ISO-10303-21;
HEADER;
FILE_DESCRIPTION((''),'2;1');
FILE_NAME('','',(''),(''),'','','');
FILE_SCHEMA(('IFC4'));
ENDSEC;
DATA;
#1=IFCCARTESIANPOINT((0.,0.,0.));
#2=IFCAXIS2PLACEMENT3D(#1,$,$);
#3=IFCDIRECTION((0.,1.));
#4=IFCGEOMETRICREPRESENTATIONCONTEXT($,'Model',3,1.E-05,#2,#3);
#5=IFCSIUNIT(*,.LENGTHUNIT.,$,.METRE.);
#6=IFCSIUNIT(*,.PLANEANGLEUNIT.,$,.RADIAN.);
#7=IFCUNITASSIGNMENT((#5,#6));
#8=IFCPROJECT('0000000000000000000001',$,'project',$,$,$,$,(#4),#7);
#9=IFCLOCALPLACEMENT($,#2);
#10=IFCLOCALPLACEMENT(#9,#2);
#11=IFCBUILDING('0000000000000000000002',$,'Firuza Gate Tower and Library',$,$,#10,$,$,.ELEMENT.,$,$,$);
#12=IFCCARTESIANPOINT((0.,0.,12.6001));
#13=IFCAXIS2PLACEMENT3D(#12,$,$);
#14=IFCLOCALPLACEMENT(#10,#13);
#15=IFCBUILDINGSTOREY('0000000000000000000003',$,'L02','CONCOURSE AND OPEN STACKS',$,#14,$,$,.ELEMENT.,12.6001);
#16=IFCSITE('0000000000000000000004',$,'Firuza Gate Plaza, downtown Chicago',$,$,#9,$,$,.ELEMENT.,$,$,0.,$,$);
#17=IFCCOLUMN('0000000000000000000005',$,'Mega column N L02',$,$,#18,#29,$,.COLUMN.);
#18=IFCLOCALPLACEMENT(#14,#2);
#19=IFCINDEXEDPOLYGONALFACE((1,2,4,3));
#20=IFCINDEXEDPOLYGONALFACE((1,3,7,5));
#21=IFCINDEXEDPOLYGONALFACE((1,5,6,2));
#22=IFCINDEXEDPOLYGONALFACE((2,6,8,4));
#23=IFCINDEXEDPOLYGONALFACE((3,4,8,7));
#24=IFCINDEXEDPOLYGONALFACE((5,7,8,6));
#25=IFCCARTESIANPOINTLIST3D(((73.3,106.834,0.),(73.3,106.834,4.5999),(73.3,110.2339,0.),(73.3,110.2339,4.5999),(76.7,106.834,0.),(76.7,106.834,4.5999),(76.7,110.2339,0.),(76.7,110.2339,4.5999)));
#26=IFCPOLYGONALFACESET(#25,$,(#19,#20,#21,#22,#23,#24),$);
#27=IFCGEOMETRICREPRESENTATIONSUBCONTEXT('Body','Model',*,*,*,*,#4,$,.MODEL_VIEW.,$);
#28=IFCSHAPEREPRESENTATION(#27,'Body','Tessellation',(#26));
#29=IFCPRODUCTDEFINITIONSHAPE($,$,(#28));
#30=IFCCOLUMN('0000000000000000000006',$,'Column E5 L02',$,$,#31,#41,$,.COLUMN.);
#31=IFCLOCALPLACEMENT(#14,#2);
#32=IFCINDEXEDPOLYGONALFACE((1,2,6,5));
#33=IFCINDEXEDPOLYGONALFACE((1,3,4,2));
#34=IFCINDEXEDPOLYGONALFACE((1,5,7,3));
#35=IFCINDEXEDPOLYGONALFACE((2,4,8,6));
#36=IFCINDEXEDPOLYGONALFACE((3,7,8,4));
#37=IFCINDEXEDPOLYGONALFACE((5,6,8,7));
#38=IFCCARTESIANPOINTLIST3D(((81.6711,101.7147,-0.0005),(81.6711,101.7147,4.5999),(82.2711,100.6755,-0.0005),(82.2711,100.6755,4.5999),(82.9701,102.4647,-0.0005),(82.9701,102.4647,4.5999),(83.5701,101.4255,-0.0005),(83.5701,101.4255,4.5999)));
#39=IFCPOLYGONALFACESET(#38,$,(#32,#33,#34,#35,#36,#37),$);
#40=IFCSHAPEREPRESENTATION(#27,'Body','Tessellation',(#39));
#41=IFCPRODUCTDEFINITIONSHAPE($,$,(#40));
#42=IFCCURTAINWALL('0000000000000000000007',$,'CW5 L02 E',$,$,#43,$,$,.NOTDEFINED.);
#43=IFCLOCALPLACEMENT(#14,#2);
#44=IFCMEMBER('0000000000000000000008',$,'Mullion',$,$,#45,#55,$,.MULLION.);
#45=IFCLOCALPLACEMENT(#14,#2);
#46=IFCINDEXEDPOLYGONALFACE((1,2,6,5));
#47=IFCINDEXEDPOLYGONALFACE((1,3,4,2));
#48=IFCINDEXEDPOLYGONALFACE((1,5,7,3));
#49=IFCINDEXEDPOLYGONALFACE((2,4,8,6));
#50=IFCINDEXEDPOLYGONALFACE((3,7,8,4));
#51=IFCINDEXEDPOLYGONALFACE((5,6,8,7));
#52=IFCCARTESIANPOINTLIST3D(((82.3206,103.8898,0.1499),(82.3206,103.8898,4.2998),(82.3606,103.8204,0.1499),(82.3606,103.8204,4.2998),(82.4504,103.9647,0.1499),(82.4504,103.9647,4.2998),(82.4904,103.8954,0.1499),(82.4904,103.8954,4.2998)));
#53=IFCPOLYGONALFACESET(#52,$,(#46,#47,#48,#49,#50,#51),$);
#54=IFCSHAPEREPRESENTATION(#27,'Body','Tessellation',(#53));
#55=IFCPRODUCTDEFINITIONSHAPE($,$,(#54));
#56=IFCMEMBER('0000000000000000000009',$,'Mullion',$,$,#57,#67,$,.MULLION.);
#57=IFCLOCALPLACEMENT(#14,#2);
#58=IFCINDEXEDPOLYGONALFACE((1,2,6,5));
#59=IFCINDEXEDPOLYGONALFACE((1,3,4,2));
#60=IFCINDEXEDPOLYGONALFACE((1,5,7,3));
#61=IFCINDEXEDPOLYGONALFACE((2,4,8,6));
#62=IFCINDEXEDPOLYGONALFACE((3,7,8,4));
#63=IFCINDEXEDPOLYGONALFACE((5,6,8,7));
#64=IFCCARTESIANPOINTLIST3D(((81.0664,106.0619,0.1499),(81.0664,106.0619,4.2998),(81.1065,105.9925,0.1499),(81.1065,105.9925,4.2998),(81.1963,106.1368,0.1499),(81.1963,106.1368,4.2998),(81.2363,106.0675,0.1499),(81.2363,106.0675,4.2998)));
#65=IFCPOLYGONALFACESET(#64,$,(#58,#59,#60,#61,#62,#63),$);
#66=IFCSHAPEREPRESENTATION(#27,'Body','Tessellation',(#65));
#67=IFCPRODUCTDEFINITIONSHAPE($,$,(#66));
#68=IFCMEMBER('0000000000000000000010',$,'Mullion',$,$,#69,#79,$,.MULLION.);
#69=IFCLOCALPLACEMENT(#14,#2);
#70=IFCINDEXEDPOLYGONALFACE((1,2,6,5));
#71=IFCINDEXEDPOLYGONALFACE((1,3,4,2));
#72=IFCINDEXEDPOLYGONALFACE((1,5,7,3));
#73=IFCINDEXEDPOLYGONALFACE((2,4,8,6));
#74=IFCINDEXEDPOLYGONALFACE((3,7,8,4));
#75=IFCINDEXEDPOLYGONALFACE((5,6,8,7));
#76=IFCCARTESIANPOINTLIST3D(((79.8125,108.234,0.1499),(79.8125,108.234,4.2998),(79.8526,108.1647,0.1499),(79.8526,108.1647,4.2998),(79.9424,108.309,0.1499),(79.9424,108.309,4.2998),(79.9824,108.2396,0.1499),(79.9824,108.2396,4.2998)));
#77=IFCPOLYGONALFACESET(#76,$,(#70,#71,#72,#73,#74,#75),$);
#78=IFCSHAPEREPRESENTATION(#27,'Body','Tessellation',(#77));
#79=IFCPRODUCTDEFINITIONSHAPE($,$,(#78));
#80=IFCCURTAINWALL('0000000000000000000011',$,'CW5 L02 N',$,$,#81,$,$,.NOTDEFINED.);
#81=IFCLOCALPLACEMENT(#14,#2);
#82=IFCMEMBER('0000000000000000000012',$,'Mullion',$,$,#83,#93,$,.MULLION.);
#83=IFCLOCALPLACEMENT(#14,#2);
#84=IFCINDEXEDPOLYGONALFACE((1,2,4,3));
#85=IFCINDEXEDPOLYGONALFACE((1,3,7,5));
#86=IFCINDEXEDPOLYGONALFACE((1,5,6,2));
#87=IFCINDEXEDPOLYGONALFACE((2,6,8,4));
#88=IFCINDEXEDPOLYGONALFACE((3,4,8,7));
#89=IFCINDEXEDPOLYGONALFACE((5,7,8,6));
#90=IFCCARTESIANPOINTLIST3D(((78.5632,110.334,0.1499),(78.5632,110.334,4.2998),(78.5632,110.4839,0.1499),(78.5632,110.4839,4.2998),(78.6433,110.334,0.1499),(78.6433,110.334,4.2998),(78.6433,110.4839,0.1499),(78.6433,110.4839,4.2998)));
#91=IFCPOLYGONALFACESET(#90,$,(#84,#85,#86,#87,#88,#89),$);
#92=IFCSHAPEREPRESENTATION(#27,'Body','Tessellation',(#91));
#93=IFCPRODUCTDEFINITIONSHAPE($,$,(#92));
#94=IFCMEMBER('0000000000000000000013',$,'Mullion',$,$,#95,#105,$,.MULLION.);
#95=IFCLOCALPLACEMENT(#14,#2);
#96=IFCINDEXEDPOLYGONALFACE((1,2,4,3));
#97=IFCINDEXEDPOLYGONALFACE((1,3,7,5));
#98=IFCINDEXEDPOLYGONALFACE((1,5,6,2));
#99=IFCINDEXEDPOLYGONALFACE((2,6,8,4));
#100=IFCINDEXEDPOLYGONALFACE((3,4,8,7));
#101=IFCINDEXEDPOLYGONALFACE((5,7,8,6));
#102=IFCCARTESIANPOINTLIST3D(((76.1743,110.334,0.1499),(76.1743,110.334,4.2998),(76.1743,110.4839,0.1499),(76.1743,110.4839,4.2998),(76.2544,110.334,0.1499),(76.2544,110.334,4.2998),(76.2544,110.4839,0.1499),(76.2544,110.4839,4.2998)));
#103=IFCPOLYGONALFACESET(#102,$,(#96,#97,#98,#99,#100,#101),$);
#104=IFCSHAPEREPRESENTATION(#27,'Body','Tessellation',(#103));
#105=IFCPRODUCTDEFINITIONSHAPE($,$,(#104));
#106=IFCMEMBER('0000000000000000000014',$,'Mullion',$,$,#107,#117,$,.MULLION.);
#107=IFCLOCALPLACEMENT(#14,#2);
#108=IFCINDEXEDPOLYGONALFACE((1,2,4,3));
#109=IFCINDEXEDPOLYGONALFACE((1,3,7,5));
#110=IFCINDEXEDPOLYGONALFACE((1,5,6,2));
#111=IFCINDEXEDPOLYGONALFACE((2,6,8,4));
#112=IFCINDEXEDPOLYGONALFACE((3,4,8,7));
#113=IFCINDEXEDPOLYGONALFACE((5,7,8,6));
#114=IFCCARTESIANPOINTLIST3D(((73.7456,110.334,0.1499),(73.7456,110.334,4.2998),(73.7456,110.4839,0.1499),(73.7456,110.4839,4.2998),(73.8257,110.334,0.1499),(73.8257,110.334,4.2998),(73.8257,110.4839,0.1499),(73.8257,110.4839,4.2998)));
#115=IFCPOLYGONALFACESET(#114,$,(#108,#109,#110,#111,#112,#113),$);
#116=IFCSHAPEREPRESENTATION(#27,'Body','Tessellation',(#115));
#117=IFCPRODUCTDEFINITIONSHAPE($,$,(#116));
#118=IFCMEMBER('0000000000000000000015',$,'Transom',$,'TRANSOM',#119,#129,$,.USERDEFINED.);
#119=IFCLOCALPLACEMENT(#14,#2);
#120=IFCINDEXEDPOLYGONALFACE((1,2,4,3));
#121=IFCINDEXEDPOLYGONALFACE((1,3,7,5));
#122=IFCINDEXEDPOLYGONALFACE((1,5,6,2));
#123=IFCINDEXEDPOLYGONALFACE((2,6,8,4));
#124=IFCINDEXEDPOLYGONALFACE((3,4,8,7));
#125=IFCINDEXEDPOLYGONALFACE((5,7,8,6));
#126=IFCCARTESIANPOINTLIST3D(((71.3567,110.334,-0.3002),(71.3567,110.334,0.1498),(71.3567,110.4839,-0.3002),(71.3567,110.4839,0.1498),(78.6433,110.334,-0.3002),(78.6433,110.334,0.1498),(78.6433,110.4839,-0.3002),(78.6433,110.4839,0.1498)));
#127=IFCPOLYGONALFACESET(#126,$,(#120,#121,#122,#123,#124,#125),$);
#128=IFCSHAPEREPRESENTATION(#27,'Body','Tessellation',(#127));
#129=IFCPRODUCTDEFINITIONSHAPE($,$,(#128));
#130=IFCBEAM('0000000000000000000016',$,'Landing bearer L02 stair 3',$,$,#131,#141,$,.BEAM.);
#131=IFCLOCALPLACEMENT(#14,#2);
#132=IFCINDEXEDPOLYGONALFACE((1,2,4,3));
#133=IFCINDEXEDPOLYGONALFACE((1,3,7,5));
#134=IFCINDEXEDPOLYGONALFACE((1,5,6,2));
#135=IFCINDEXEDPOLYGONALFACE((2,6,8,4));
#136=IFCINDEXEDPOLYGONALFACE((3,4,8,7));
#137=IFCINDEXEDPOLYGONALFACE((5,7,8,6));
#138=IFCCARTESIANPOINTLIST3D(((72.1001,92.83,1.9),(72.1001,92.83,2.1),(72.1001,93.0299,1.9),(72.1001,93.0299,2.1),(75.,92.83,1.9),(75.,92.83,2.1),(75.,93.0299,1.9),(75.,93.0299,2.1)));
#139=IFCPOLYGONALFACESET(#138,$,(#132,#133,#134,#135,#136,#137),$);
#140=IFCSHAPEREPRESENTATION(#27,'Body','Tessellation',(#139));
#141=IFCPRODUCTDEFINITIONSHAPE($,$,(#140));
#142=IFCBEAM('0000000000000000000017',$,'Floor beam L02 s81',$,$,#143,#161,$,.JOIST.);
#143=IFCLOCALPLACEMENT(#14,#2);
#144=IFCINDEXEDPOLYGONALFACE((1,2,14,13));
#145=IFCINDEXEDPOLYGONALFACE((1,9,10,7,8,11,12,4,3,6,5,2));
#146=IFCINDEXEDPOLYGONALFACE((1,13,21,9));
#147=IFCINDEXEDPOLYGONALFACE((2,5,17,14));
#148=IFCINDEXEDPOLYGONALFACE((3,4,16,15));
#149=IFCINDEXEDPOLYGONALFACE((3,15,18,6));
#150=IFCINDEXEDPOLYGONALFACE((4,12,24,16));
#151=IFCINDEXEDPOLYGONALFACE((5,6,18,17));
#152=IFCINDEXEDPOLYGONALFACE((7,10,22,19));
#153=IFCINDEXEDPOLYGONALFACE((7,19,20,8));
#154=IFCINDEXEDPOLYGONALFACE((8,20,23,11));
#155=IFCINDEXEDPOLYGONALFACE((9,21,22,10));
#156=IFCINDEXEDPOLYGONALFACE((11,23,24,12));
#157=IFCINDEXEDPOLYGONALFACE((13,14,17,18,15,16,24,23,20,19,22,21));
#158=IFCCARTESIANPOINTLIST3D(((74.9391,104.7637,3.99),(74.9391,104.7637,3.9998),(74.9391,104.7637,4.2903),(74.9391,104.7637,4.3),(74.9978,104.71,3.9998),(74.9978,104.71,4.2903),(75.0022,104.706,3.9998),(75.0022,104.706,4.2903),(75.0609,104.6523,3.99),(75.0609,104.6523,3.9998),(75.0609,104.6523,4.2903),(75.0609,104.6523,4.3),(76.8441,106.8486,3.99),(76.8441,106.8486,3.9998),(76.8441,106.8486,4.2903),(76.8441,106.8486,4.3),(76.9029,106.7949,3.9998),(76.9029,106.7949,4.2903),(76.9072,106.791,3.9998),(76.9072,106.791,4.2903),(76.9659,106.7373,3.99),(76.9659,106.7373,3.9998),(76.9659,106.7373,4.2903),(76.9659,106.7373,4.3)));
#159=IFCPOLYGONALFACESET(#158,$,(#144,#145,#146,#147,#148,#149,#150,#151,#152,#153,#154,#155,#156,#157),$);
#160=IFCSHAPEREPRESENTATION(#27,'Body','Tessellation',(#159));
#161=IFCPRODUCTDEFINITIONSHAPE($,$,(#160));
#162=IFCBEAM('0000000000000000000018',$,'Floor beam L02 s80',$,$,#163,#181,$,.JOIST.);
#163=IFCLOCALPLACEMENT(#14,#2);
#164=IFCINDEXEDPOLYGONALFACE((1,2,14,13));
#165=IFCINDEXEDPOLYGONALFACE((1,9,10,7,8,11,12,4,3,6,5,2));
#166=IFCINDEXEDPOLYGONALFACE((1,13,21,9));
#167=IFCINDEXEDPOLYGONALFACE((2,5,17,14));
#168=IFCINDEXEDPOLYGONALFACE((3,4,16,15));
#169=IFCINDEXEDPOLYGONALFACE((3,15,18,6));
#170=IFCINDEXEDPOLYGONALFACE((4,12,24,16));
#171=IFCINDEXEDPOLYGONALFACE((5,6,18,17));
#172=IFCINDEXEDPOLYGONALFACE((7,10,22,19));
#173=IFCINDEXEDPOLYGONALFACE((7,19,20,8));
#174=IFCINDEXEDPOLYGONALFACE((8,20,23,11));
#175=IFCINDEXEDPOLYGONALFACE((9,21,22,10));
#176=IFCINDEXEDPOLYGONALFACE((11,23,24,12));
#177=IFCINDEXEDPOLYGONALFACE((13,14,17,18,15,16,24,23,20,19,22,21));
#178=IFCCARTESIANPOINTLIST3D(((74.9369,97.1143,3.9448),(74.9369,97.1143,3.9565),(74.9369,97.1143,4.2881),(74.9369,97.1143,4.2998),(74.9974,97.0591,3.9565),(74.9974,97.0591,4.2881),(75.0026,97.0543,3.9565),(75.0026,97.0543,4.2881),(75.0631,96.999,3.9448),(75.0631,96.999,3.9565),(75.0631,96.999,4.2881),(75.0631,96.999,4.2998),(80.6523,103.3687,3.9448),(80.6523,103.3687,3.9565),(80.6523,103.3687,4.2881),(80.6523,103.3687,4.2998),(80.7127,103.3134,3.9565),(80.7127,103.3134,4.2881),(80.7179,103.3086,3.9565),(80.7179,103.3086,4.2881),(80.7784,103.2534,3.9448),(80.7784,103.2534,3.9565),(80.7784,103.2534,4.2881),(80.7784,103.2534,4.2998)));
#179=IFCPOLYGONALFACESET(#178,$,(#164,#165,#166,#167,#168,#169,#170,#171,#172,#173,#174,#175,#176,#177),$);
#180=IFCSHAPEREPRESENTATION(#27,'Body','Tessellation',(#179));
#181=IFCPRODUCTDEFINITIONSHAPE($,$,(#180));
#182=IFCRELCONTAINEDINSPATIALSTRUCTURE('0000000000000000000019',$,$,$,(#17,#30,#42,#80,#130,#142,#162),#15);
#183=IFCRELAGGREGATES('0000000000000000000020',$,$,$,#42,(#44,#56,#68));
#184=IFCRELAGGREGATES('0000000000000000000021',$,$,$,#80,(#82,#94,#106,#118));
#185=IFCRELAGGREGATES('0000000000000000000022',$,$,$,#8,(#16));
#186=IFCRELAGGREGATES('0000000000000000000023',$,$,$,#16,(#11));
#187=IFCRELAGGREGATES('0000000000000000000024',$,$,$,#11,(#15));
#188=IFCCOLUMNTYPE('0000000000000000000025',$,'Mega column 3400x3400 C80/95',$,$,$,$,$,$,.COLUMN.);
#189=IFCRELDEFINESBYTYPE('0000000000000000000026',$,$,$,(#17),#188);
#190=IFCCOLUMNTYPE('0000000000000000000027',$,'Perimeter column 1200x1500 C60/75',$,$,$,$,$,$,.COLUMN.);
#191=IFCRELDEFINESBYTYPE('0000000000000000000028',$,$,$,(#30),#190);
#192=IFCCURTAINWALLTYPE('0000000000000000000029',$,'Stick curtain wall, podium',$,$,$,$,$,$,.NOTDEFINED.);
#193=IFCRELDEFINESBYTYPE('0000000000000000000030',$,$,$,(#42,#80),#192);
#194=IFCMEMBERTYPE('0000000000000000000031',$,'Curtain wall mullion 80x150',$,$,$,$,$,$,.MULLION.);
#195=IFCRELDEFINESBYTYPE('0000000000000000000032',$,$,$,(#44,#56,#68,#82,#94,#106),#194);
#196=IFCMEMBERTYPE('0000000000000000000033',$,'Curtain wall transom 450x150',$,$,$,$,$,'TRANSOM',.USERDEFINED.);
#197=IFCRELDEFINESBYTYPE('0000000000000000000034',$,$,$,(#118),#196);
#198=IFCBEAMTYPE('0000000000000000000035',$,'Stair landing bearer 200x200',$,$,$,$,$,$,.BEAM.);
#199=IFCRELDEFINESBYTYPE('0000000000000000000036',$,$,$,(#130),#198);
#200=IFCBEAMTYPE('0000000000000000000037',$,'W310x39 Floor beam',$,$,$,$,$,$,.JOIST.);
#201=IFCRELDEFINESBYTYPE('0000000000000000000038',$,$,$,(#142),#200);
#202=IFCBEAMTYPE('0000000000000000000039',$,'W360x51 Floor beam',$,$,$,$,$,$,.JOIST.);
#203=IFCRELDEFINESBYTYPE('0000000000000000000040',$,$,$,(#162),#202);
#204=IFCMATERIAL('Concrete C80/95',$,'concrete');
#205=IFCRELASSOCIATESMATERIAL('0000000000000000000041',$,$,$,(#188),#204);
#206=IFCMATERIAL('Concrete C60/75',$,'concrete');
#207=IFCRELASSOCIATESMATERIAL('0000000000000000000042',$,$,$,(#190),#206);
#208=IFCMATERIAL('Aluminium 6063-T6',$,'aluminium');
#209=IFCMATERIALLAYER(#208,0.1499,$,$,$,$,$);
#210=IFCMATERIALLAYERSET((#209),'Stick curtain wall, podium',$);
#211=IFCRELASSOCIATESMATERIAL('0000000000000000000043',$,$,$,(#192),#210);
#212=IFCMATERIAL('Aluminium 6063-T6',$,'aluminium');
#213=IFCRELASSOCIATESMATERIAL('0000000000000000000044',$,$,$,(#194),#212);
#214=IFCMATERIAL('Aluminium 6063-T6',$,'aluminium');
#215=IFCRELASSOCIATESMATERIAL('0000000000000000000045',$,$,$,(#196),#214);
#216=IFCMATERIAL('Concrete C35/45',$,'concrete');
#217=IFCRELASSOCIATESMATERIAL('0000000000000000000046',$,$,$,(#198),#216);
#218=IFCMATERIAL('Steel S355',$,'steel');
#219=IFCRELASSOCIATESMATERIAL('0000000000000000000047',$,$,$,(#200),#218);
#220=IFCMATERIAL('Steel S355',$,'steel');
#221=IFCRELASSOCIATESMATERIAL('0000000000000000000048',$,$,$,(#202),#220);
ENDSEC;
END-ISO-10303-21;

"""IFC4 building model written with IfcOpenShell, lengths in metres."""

from ifc_helpers import new_model, si_unit, direction, frame, origin, origin_2d, place, context, subcontext, project, spatial, rectangle, i_section, extrude, material, layer, layer_set, material_profile, profile_set, type_object, element, aggregate, save


model = new_model("IFC4")

# Units and contexts
model_context = context("Model", 3, precision=1e-05, world=origin(), true_north=direction((0.0, 1.0)))
body_context = subcontext(model_context, "Body", "Model", "MODEL_VIEW")
ifc_project = project(units=[si_unit("LENGTHUNIT", "METRE"), si_unit("PLANEANGLEUNIT", "RADIAN")], contexts=[model_context])

# Site, building, storey
site_placement = place(None, origin())
site = spatial("IfcSite", under=ifc_project, at=site_placement, Name="Firuza Gate Plaza, downtown Chicago", CompositionType="ELEMENT", RefElevation=0.0)
building_placement = place(site_placement, origin())
building = spatial("IfcBuilding", under=site, at=building_placement, Name="Firuza Gate Tower and Library", CompositionType="ELEMENT")
storey_placement = place(building_placement, frame((0.0, 0.0, 12.6001)))
storey = spatial("IfcBuildingStorey", under=building, at=storey_placement, Name="L02", Description="CONCOURSE AND OPEN STACKS", CompositionType="ELEMENT", Elevation=12.6001)

# Columns
ifc_material_1 = material(Name="Concrete C80/95", Category="concrete")
ifc_material_profile_1 = material_profile(ifc_material_1, rectangle(XDim=3.3999, YDim=3.3999, at=origin_2d()))
ifc_profile_set_1 = profile_set([ifc_material_profile_1], Name="Concrete C80/95")
column_type_1 = type_object("IfcColumnType", Name="Mega column 3400x3400 C80/95", PredefinedType="COLUMN", material=ifc_profile_set_1)
column_1_placement = place(storey_placement, frame((75.0, 108.5339, 0.0), z_axis=(0.0, 0.0, 1.0), x_axis=(-1.0, 0.0, 0.0)))
element("IfcColumn", 1, at=column_1_placement, inside=storey, type_object=column_type_1, Name="Mega column N L02", PredefinedType="COLUMN", context=body_context, shape_type="SweptSolid", body=[
    extrude(rectangle(XDim=3.3999, YDim=3.3999, at=origin_2d()), origin(), (0.0, 0.0, 1.0), 4.5999),
])
ifc_material_2 = material(Name="Concrete C60/75", Category="concrete")
ifc_material_profile_2 = material_profile(ifc_material_2, rectangle(XDim=1.2, YDim=1.5, at=origin_2d()))
ifc_profile_set_2 = profile_set([ifc_material_profile_2], Name="Concrete C60/75")
column_type_2 = type_object("IfcColumnType", Name="Perimeter column 1200x1500 C60/75", PredefinedType="COLUMN", material=ifc_profile_set_2)
column_2_placement = place(storey_placement, frame((82.6206, 101.5701, -0.0005), z_axis=(0.0, 0.0, 1.0), x_axis=(-0.5, 0.866025, 0.0)))
element("IfcColumn", 2, at=column_2_placement, inside=storey, type_object=column_type_2, Name="Column E5 L02", PredefinedType="COLUMN", context=body_context, shape_type="SweptSolid", body=[
    extrude(rectangle(XDim=1.2, YDim=1.5, at=origin_2d()), origin(), (0.0, 0.0, 1.0), 4.6003),
])

# Curtain walls, members
ifc_material_3 = material(Name="Aluminium 6063-T6", Category="aluminium")
ifc_layer_1 = layer(ifc_material_3, 0.1499)
ifc_layer_set_1 = layer_set([ifc_layer_1], Name="Stick curtain wall, podium")
curtain_wall_type = type_object("IfcCurtainWallType", Name="Stick curtain wall, podium", PredefinedType="NOTDEFINED", material=ifc_layer_set_1)
placement = place(storey_placement, origin())
curtain_wall_1 = element("IfcCurtainWall", 3, at=placement, inside=storey, type_object=curtain_wall_type, Name="CW5 L02 E", PredefinedType="NOTDEFINED")
ifc_material_4 = material(Name="Aluminium 6063-T6", Category="aluminium")
ifc_material_profile_3 = material_profile(ifc_material_4, rectangle(XDim=0.1499, YDim=0.0801, at=origin_2d()))
ifc_profile_set_3 = profile_set([ifc_material_profile_3], Name="Aluminium 6063-T6")
member_type_1 = type_object("IfcMemberType", Name="Curtain wall mullion 80x150", PredefinedType="MULLION", material=ifc_profile_set_3)
member_1_placement = place(storey_placement, frame((82.4055, 103.8926, 0.1499), z_axis=(0.0, 0.0, 1.0), x_axis=(-0.866025, -0.5, 0.0)))
member_1 = element("IfcMember", 4, at=member_1_placement, type_object=member_type_1, Name="Mullion", PredefinedType="MULLION", context=body_context, shape_type="SweptSolid", body=[
    extrude(rectangle(XDim=0.1499, YDim=0.0801, at=origin_2d()), origin(), (0.0, 0.0, 1.0), 4.1499),
])
member_2_placement = place(storey_placement, frame((81.1514, 106.0647, 0.1499), z_axis=(0.0, 0.0, 1.0), x_axis=(-0.866025, -0.5, 0.0)))
member_2 = element("IfcMember", 5, at=member_2_placement, type_object=member_type_1, Name="Mullion", PredefinedType="MULLION", context=body_context, shape_type="SweptSolid", body=[
    extrude(rectangle(XDim=0.1499, YDim=0.0801, at=origin_2d()), origin(), (0.0, 0.0, 1.0), 4.1499),
])
member_3_placement = place(storey_placement, frame((79.8975, 108.2368, 0.1499), z_axis=(0.0, 0.0, 1.0), x_axis=(-0.866025, -0.5, 0.0)))
member_3 = element("IfcMember", 6, at=member_3_placement, type_object=member_type_1, Name="Mullion", PredefinedType="MULLION", context=body_context, shape_type="SweptSolid", body=[
    extrude(rectangle(XDim=0.1499, YDim=0.0801, at=origin_2d()), origin(), (0.0, 0.0, 1.0), 4.1499),
])
curtain_wall_2 = element("IfcCurtainWall", 7, at=placement, inside=storey, type_object=curtain_wall_type, Name="CW5 L02 N", PredefinedType="NOTDEFINED")
member_4_placement = place(storey_placement, frame((78.6033, 110.4089, 0.1499), z_axis=(0.0, 0.0, 1.0), x_axis=(0.0, -1.0, 0.0)))
member_4 = element("IfcMember", 8, at=member_4_placement, type_object=member_type_1, Name="Mullion", PredefinedType="MULLION", context=body_context, shape_type="SweptSolid", body=[
    extrude(rectangle(XDim=0.1499, YDim=0.0801, at=origin_2d()), origin(), (0.0, 0.0, 1.0), 4.1499),
])
member_5_placement = place(storey_placement, frame((76.2144, 110.4089, 0.1499), z_axis=(0.0, 0.0, 1.0), x_axis=(0.0, -1.0, 0.0)))
member_5 = element("IfcMember", 9, at=member_5_placement, type_object=member_type_1, Name="Mullion", PredefinedType="MULLION", context=body_context, shape_type="SweptSolid", body=[
    extrude(rectangle(XDim=0.1499, YDim=0.0801, at=origin_2d()), origin(), (0.0, 0.0, 1.0), 4.1499),
])
member_6_placement = place(storey_placement, frame((73.7856, 110.4089, 0.1499), z_axis=(0.0, 0.0, 1.0), x_axis=(0.0, -1.0, 0.0)))
member_6 = element("IfcMember", 10, at=member_6_placement, type_object=member_type_1, Name="Mullion", PredefinedType="MULLION", context=body_context, shape_type="SweptSolid", body=[
    extrude(rectangle(XDim=0.1499, YDim=0.0801, at=origin_2d()), origin(), (0.0, 0.0, 1.0), 4.1499),
])
ifc_material_5 = material(Name="Aluminium 6063-T6", Category="aluminium")
ifc_material_profile_4 = material_profile(ifc_material_5, rectangle(XDim=0.1499, YDim=0.45, at=origin_2d()))
ifc_profile_set_4 = profile_set([ifc_material_profile_4], Name="Aluminium 6063-T6")
member_type_2 = type_object("IfcMemberType", Name="Curtain wall transom 450x150", ElementType="TRANSOM", PredefinedType="USERDEFINED", material=ifc_profile_set_4)
member_7_placement = place(storey_placement, frame((78.6433, 110.4089, -0.0752), z_axis=(-1.0, 0.0, 0.0), x_axis=(0.0, -1.0, 0.0)))
member_7 = element("IfcMember", 11, at=member_7_placement, type_object=member_type_2, Name="Transom", ObjectType="TRANSOM", PredefinedType="USERDEFINED", context=body_context, shape_type="SweptSolid", body=[
    extrude(rectangle(XDim=0.1499, YDim=0.45, at=origin_2d()), origin(), (0.0, 0.0, 1.0), 7.2866),
])

# Beams
ifc_material_6 = material(Name="Concrete C35/45", Category="concrete")
ifc_material_profile_5 = material_profile(ifc_material_6, rectangle(XDim=0.2, YDim=0.2, at=origin_2d()))
ifc_profile_set_5 = profile_set([ifc_material_profile_5], Name="Concrete C35/45")
beam_type_1 = type_object("IfcBeamType", Name="Stair landing bearer 200x200", PredefinedType="BEAM", material=ifc_profile_set_5)
beam_1_placement = place(storey_placement, frame((75.0, 92.9299, 2.0), z_axis=(-1.0, 0.0, 0.0), x_axis=(0.0, -1.0, 0.0)))
element("IfcBeam", 12, at=beam_1_placement, inside=storey, type_object=beam_type_1, Name="Landing bearer L02 stair 3", PredefinedType="BEAM", context=body_context, shape_type="SweptSolid", body=[
    extrude(rectangle(XDim=0.2, YDim=0.2, at=origin_2d()), origin(), (0.0, 0.0, 1.0), 2.8999),
])
ifc_material_7 = material(Name="Steel S355", Category="steel")
ifc_material_profile_6 = material_profile(ifc_material_7, i_section(OverallWidth=0.165, OverallDepth=0.3101, WebThickness=0.0059, FlangeThickness=0.0098, at=origin_2d()))
ifc_profile_set_6 = profile_set([ifc_material_profile_6], Name="Steel S355")
beam_type_2 = type_object("IfcBeamType", Name="W310x39 Floor beam", PredefinedType="JOIST", material=ifc_profile_set_6)
beam_2_placement = place(storey_placement, frame((76.905, 106.793, 4.145), z_axis=(-0.674534, -0.738244, 0.0), x_axis=(0.738244, -0.674534, 0.0)))
element("IfcBeam", 13, at=beam_2_placement, inside=storey, type_object=beam_type_2, Name="Floor beam L02 s81", PredefinedType="JOIST", context=body_context, shape_type="SweptSolid", body=[
    extrude(i_section(OverallWidth=0.165, OverallDepth=0.3101, WebThickness=0.0059, FlangeThickness=0.0098, at=origin_2d()), origin(), (0.0, 0.0, 1.0), 2.8242),
])
ifc_material_8 = material(Name="Steel S355", Category="steel")
ifc_material_profile_7 = material_profile(ifc_material_8, i_section(OverallWidth=0.1709, OverallDepth=0.355, WebThickness=0.0071, FlangeThickness=0.0117, at=origin_2d()))
ifc_profile_set_7 = profile_set([ifc_material_profile_7], Name="Steel S355")
beam_type_3 = type_object("IfcBeamType", Name="W360x51 Floor beam", PredefinedType="JOIST", material=ifc_profile_set_7)
beam_3_placement = place(storey_placement, frame((80.7153, 103.311, 4.1223), z_axis=(-0.674578, -0.738203, 0.0), x_axis=(0.738203, -0.674578, 0.0)))
element("IfcBeam", 14, at=beam_3_placement, inside=storey, type_object=beam_type_3, Name="Floor beam L02 s80", PredefinedType="JOIST", context=body_context, shape_type="SweptSolid", body=[
    extrude(i_section(OverallWidth=0.1709, OverallDepth=0.355, WebThickness=0.0071, FlangeThickness=0.0117, at=origin_2d()), origin(), (0.0, 0.0, 1.0), 8.4724),
])

aggregate(curtain_wall_1, [member_1, member_2, member_3])
aggregate(curtain_wall_2, [member_4, member_5, member_6, member_7])

save(model, "model.ifc")
